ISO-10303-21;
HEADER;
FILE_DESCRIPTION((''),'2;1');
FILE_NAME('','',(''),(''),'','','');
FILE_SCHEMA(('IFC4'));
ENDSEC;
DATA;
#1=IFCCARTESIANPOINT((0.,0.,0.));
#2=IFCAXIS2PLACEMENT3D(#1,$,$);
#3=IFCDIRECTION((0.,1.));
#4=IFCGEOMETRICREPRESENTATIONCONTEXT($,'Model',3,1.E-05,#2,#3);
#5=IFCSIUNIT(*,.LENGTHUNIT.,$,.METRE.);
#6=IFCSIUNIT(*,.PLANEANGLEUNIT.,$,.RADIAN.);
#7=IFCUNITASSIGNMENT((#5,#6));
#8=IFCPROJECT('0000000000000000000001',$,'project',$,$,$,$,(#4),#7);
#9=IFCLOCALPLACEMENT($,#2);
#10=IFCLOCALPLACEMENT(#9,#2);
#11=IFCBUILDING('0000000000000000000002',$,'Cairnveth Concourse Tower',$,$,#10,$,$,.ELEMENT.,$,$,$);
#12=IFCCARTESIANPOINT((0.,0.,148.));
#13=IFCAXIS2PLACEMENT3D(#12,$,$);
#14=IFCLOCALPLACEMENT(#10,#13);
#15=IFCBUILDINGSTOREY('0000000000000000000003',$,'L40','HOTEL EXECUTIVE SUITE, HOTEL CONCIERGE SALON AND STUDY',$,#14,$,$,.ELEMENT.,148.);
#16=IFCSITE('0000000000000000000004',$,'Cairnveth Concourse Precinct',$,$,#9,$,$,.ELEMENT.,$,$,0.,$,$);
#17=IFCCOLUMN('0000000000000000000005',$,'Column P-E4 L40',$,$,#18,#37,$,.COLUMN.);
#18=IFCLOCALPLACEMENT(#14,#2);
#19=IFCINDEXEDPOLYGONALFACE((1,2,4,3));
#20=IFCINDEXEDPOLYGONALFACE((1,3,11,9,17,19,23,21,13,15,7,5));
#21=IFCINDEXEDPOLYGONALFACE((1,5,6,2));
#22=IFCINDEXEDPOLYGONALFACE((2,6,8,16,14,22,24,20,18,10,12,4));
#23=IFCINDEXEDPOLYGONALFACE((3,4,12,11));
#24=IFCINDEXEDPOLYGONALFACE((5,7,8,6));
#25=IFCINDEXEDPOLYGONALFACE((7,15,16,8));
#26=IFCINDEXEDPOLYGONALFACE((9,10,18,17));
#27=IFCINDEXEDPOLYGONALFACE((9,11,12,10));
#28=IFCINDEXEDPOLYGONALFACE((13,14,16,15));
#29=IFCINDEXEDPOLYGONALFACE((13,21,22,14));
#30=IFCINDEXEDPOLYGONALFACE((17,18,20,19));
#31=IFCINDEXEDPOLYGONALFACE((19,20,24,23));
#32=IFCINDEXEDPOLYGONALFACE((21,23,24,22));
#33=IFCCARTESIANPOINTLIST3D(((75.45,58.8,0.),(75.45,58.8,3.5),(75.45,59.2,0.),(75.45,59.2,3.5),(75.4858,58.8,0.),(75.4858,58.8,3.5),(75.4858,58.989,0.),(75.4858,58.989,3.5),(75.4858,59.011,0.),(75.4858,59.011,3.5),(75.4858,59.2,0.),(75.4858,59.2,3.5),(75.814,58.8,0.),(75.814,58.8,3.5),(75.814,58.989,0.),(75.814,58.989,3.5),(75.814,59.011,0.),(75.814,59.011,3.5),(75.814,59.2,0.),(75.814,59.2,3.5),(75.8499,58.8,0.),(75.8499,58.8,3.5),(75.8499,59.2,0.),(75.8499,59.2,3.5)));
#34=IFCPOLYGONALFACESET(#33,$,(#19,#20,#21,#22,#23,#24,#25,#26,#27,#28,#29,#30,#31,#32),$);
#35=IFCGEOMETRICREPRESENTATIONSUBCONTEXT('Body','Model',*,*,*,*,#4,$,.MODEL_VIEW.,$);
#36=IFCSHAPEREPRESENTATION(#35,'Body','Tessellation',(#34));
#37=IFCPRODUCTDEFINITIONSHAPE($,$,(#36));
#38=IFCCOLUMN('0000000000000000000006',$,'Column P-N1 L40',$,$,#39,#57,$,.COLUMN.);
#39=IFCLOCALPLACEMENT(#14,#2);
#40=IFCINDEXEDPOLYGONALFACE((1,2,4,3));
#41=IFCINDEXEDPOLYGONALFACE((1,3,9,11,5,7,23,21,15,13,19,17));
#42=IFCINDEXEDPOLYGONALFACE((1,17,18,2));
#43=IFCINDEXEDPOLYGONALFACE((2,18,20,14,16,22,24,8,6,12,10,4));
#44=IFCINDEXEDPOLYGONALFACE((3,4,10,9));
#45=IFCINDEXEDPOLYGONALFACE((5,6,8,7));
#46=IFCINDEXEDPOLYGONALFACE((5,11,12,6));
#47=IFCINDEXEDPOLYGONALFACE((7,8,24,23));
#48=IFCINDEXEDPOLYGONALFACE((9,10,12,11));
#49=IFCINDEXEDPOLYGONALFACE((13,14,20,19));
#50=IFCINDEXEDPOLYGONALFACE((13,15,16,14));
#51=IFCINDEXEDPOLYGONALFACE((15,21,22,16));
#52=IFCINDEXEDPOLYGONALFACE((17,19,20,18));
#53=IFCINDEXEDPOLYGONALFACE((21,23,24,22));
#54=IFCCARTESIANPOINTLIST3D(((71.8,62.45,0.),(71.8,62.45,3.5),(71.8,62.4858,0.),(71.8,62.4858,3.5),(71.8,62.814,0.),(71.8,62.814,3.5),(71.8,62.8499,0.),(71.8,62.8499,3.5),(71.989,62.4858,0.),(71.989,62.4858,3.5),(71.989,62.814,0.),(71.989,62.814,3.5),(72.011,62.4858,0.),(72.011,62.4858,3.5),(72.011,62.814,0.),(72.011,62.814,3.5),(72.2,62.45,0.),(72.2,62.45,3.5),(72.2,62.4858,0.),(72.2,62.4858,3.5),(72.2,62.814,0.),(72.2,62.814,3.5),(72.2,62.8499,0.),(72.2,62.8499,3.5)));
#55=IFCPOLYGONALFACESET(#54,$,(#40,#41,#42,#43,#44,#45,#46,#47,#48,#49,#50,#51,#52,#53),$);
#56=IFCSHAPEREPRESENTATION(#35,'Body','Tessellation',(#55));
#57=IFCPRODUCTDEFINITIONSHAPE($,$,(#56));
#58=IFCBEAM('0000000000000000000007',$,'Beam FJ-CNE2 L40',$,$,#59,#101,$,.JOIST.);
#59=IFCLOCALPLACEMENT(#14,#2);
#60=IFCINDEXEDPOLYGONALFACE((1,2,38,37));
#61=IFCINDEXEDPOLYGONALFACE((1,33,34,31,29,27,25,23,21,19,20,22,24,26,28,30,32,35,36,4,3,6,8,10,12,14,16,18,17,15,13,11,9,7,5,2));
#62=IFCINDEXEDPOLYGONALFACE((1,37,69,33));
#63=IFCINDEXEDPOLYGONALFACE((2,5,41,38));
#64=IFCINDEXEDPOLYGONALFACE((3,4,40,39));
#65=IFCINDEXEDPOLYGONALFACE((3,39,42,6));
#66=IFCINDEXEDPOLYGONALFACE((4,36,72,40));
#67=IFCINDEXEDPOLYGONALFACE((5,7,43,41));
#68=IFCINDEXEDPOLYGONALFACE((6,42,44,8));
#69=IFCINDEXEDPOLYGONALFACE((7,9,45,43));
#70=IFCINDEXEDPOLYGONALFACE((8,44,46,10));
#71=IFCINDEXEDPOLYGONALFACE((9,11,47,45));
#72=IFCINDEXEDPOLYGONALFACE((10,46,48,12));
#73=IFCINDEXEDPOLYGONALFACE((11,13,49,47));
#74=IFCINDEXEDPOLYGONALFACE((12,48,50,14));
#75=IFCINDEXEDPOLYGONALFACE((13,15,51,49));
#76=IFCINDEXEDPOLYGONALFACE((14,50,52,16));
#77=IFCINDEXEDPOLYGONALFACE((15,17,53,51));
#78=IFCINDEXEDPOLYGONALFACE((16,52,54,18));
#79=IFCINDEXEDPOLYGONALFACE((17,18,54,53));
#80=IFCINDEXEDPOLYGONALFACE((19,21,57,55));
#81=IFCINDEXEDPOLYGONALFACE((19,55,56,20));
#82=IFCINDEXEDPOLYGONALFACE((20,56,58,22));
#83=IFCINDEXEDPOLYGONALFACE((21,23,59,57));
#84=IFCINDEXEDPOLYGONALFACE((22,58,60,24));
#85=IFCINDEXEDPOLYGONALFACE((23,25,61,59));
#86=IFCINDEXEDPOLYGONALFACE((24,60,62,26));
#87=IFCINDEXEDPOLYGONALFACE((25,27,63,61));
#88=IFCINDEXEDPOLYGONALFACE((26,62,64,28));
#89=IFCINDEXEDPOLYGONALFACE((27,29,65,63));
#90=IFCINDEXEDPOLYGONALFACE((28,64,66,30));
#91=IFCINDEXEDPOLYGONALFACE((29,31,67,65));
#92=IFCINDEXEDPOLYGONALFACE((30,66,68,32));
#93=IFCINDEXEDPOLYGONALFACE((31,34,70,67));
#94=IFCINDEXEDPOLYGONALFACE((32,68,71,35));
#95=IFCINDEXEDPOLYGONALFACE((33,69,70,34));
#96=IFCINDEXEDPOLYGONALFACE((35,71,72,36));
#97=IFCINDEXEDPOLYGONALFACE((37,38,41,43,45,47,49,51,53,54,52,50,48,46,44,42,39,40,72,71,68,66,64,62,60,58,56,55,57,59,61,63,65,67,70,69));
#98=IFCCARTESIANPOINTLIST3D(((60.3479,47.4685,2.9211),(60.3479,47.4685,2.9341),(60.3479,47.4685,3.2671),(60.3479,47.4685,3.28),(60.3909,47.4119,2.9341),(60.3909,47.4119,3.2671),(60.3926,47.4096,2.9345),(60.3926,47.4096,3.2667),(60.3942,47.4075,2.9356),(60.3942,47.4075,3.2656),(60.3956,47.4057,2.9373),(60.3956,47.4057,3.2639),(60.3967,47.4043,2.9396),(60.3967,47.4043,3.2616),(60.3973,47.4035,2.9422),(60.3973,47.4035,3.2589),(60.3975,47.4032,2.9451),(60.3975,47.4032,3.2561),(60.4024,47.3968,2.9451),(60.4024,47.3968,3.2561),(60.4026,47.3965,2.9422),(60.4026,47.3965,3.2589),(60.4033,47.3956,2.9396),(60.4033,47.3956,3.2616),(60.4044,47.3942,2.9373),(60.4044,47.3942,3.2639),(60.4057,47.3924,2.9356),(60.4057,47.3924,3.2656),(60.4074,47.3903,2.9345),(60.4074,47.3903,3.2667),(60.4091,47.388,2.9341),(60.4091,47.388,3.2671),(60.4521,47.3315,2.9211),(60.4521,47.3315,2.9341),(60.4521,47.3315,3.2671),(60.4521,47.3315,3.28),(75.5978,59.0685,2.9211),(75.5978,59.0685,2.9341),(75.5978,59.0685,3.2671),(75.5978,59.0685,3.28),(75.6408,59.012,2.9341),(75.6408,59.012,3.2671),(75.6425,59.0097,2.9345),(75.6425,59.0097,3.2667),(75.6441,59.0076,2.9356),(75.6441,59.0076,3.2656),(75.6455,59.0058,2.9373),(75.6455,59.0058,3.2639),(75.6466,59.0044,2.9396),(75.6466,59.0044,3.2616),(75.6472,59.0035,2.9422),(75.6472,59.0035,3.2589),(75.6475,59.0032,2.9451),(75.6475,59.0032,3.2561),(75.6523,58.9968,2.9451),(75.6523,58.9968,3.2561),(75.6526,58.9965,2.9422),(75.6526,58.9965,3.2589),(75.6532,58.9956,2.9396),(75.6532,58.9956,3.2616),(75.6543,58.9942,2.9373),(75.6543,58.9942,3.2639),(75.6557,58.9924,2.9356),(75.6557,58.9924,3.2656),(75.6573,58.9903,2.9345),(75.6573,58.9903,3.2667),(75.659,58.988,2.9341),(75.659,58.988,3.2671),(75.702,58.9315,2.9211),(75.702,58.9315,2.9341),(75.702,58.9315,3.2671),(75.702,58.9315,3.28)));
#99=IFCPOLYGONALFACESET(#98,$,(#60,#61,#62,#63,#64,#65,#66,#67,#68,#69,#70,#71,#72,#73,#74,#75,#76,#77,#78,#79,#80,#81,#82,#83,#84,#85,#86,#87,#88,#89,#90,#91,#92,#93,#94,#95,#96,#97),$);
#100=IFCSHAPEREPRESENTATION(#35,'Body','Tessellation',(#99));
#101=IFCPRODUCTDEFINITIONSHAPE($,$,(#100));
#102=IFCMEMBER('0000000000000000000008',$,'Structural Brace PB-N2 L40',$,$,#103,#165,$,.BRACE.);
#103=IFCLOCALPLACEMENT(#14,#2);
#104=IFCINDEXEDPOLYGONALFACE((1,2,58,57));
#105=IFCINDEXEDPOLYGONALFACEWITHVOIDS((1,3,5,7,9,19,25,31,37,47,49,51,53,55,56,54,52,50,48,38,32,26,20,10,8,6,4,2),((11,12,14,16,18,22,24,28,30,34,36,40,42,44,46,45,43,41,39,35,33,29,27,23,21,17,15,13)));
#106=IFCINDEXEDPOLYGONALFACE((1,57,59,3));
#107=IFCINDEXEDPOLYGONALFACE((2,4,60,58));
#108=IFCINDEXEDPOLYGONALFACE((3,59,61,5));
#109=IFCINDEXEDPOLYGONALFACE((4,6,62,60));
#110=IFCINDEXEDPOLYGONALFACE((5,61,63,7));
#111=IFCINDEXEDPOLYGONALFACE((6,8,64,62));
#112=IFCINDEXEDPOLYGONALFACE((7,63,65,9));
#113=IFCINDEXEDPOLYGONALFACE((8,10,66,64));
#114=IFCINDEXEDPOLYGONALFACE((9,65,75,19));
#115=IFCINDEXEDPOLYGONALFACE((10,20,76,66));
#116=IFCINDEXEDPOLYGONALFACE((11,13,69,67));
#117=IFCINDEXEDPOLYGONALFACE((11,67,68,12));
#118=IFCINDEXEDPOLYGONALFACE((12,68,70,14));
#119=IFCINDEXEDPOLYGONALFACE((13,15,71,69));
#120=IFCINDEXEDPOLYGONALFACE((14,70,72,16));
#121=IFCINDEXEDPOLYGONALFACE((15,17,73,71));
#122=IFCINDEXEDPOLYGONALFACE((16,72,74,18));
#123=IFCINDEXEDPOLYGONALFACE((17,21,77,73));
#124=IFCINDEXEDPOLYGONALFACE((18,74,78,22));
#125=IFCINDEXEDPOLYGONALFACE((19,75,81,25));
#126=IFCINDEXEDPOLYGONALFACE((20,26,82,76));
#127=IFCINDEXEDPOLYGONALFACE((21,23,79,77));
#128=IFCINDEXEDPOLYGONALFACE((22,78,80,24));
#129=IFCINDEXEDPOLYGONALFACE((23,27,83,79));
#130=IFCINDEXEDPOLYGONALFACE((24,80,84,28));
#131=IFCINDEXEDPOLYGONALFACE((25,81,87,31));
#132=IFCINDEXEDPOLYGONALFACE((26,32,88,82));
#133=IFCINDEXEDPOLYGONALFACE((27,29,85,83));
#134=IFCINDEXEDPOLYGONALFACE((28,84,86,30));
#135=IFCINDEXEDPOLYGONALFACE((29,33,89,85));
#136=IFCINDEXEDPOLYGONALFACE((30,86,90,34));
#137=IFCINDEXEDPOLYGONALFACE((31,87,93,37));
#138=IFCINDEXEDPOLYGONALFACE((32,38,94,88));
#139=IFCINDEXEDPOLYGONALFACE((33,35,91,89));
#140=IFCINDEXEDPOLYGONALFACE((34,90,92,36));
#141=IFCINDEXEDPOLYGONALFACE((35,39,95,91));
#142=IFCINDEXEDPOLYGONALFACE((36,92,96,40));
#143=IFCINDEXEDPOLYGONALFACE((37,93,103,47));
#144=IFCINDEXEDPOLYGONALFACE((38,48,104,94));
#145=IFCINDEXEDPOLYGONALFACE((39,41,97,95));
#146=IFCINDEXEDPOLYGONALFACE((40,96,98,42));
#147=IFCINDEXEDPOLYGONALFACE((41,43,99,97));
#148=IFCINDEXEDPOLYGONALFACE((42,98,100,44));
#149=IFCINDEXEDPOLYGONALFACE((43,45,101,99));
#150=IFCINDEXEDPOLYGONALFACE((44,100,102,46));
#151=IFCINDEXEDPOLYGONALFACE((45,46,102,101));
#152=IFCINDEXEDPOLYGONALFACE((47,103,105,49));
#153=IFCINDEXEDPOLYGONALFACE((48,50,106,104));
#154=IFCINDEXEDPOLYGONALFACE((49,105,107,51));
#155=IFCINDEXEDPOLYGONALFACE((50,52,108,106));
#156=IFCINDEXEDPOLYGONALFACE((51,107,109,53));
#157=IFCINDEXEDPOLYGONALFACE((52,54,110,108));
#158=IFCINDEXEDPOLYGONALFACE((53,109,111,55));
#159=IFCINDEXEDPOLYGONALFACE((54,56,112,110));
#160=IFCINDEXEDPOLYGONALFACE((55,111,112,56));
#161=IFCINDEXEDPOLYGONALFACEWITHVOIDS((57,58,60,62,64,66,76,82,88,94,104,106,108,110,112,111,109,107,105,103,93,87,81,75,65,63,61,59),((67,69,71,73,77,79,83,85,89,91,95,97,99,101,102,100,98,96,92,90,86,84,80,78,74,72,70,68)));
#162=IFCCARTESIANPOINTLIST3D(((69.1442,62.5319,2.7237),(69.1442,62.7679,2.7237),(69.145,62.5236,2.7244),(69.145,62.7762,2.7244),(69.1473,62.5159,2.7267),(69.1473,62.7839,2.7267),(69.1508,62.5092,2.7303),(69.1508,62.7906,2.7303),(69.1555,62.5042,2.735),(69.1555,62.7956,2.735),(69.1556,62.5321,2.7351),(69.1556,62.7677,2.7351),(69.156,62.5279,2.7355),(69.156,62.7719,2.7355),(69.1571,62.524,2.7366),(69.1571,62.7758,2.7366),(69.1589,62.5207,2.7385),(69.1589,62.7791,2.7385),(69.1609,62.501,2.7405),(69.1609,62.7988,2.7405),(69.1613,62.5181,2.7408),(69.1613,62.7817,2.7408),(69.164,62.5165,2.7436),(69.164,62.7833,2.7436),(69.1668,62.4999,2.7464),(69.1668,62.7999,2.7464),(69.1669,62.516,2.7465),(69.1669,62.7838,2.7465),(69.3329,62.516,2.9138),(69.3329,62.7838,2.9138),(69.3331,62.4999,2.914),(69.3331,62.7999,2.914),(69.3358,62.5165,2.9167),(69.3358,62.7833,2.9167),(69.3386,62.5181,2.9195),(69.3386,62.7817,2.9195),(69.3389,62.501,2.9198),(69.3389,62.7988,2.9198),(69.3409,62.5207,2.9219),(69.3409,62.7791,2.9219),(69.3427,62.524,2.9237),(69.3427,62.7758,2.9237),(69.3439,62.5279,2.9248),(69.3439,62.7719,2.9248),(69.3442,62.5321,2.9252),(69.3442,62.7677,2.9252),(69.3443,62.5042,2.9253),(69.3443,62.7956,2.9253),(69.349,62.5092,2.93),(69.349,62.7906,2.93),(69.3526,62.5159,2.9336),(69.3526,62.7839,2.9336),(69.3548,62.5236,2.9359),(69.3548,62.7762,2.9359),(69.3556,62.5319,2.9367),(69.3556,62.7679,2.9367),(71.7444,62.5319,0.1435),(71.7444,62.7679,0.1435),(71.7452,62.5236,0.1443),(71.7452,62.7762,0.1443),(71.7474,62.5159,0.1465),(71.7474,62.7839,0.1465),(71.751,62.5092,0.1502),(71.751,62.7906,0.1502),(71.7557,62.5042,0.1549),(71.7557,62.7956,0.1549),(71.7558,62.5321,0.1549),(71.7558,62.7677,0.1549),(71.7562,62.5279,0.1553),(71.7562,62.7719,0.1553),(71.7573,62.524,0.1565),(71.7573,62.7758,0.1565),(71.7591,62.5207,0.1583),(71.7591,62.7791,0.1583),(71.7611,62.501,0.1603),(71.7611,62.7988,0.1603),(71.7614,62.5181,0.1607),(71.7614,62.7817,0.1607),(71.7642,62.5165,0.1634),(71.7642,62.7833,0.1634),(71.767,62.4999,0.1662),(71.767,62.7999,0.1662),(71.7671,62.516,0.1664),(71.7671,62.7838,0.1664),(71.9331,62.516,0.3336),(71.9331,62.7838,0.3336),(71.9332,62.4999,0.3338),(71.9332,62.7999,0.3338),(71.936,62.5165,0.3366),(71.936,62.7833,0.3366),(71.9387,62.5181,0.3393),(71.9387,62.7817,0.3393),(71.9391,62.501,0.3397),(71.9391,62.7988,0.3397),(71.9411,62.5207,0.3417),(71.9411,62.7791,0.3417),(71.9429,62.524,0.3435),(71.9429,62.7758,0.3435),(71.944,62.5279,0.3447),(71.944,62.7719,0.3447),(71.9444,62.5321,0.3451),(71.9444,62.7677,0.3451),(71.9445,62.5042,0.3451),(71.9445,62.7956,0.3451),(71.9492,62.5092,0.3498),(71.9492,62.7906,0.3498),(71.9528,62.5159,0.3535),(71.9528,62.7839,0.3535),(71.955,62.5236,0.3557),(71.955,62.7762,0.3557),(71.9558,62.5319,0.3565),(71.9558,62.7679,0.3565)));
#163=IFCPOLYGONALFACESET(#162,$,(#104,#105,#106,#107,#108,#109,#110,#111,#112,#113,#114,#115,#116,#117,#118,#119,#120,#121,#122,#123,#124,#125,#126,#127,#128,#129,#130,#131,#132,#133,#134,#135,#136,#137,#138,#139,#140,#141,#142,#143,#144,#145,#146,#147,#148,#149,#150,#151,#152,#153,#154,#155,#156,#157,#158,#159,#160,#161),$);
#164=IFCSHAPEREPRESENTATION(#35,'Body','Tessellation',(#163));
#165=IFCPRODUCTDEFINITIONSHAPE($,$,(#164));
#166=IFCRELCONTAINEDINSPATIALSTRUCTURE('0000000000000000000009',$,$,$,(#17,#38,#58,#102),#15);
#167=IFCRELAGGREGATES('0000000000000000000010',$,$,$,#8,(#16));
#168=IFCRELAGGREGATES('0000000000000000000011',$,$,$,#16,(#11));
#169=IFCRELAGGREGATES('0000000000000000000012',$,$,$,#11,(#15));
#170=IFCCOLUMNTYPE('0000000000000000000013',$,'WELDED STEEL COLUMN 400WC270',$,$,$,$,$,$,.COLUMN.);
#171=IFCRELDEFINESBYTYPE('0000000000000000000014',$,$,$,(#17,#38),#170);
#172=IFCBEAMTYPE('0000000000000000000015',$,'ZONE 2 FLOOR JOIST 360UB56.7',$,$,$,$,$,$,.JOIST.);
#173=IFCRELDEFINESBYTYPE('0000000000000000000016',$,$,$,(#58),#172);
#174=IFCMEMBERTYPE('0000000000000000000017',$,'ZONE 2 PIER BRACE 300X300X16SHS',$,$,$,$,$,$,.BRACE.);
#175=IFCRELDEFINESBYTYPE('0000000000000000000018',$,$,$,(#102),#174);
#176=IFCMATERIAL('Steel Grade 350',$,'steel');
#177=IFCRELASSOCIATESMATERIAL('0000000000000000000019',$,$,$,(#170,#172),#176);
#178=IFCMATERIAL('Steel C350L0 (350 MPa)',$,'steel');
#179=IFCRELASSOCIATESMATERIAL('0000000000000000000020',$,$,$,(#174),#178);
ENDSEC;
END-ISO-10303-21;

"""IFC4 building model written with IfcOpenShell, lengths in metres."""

from ifc_helpers import new_model, si_unit, direction, frame, origin, origin_2d, place, context, subcontext, project, spatial, hollow_rectangle, i_section, extrude, material, material_profile, profile_set, type_object, element, save


model = new_model("IFC4")

# Units and contexts
model_context = context("Model", 3, precision=1e-05, world=origin(), true_north=direction((0.0, 1.0)))
body_context = subcontext(model_context, "Body", "Model", "MODEL_VIEW")
ifc_project = project(units=[si_unit("LENGTHUNIT", "METRE"), si_unit("PLANEANGLEUNIT", "RADIAN")], contexts=[model_context])

# Site, building, storey
site_placement = place(None, origin())
site = spatial("IfcSite", under=ifc_project, at=site_placement, Name="Cairnveth Concourse Precinct", CompositionType="ELEMENT", RefElevation=0.0)
building_placement = place(site_placement, origin())
building = spatial("IfcBuilding", under=site, at=building_placement, Name="Cairnveth Concourse Tower", CompositionType="ELEMENT")
storey_placement = place(building_placement, frame((0.0, 0.0, 148.0)))
storey = spatial("IfcBuildingStorey", under=building, at=storey_placement, Name="L40", Description="HOTEL EXECUTIVE SUITE, HOTEL CONCIERGE SALON AND STUDY", CompositionType="ELEMENT", Elevation=148.0)

# Columns
ifc_material_1 = material(Name="Steel Grade 350", Category="steel")
ifc_material_profile_1 = material_profile(ifc_material_1, i_section(OverallWidth=0.3999, OverallDepth=0.3999, WebThickness=0.022, FlangeThickness=0.0359, at=origin_2d()), Name="400WC270")
ifc_profile_set_1 = profile_set([ifc_material_profile_1], Name="Steel Grade 350")
column_type = type_object("IfcColumnType", Name="WELDED STEEL COLUMN 400WC270", PredefinedType="COLUMN", material=ifc_profile_set_1)
for number, where, z_axis, x_axis, name in (
    (1, (75.6499, 59.0, 0.0), (0.0, 0.0, 1.0), (0.0, 1.0, 0.0), "Column P-E4 L40"),
    (2, (72.0, 62.6499, 0.0), (0.0, 0.0, 1.0), (1.0, 0.0, 0.0), "Column P-N1 L40"),
):
    element("IfcColumn", number, at=place(storey_placement, frame(where, z_axis=z_axis, x_axis=x_axis)), inside=storey, type_object=column_type, Name=name, PredefinedType="COLUMN", context=body_context, shape_type="SweptSolid", body=[
        extrude(i_section(OverallWidth=0.3999, OverallDepth=0.3999, WebThickness=0.022, FlangeThickness=0.0359, at=origin_2d()), origin(), (0.0, 0.0, 1.0), 3.5),
    ])

# Beam
ifc_material_profile_2 = material_profile(ifc_material_1, i_section(OverallWidth=0.1721, OverallDepth=0.3589, WebThickness=0.0081, FlangeThickness=0.0129, FilletRadius=0.011, at=origin_2d()), Name="360UB56.7")
ifc_profile_set_2 = profile_set([ifc_material_profile_2], Name="Steel Grade 350")
beam_type_1 = type_object("IfcBeamType", Name="ZONE 2 FLOOR JOIST 360UB56.7", PredefinedType="JOIST", material=ifc_profile_set_2)
beam_1_placement = place(storey_placement, frame((75.6499, 59.0, 3.1006), z_axis=(-0.795908, -0.605417, 0.0), x_axis=(0.605417, -0.795908, 0.0)))
element("IfcBeam", 3, at=beam_1_placement, inside=storey, type_object=beam_type_1, Name="Beam FJ-CNE2 L40", PredefinedType="JOIST", context=body_context, shape_type="SweptSolid", body=[
    extrude(i_section(OverallWidth=0.1721, OverallDepth=0.3589, WebThickness=0.0081, FlangeThickness=0.0129, FilletRadius=0.011, at=origin_2d()), origin(), (0.0, 0.0, 1.0), 19.1604),
])

# Member
ifc_material_2 = material(Name="Steel C350L0 (350 MPa)", Category="steel")
ifc_material_profile_3 = material_profile(ifc_material_2, hollow_rectangle(XDim=0.3, YDim=0.3, WallThickness=0.0161, InnerFilletRadius=0.0161, OuterFilletRadius=0.032, at=origin_2d()), Name="300x300x16.0SHS")
ifc_profile_set_3 = profile_set([ifc_material_profile_3], Name="Steel C350L0 (350 MPa)")
member_type = type_object("IfcMemberType", Name="ZONE 2 PIER BRACE 300X300X16SHS", PredefinedType="BRACE", material=ifc_profile_set_3)
for number, where, z_axis, x_axis, name in (
    (4, (71.8501, 62.6499, 0.25), (-0.709834, 0.0, 0.704369), (0.0, -1.0, 0.0), "Structural Brace PB-N2 L40"),
):
    element("IfcMember", number, at=place(storey_placement, frame(where, z_axis=z_axis, x_axis=x_axis)), inside=storey, type_object=member_type, Name=name, PredefinedType="BRACE", context=body_context, shape_type="SweptSolid", body=[
        extrude(hollow_rectangle(XDim=0.3, YDim=0.3, WallThickness=0.0161, InnerFilletRadius=0.0161, OuterFilletRadius=0.032, at=origin_2d()), origin(), (0.0, 0.0, 1.0), 3.6631),
    ])

save(model, "model.ifc")
